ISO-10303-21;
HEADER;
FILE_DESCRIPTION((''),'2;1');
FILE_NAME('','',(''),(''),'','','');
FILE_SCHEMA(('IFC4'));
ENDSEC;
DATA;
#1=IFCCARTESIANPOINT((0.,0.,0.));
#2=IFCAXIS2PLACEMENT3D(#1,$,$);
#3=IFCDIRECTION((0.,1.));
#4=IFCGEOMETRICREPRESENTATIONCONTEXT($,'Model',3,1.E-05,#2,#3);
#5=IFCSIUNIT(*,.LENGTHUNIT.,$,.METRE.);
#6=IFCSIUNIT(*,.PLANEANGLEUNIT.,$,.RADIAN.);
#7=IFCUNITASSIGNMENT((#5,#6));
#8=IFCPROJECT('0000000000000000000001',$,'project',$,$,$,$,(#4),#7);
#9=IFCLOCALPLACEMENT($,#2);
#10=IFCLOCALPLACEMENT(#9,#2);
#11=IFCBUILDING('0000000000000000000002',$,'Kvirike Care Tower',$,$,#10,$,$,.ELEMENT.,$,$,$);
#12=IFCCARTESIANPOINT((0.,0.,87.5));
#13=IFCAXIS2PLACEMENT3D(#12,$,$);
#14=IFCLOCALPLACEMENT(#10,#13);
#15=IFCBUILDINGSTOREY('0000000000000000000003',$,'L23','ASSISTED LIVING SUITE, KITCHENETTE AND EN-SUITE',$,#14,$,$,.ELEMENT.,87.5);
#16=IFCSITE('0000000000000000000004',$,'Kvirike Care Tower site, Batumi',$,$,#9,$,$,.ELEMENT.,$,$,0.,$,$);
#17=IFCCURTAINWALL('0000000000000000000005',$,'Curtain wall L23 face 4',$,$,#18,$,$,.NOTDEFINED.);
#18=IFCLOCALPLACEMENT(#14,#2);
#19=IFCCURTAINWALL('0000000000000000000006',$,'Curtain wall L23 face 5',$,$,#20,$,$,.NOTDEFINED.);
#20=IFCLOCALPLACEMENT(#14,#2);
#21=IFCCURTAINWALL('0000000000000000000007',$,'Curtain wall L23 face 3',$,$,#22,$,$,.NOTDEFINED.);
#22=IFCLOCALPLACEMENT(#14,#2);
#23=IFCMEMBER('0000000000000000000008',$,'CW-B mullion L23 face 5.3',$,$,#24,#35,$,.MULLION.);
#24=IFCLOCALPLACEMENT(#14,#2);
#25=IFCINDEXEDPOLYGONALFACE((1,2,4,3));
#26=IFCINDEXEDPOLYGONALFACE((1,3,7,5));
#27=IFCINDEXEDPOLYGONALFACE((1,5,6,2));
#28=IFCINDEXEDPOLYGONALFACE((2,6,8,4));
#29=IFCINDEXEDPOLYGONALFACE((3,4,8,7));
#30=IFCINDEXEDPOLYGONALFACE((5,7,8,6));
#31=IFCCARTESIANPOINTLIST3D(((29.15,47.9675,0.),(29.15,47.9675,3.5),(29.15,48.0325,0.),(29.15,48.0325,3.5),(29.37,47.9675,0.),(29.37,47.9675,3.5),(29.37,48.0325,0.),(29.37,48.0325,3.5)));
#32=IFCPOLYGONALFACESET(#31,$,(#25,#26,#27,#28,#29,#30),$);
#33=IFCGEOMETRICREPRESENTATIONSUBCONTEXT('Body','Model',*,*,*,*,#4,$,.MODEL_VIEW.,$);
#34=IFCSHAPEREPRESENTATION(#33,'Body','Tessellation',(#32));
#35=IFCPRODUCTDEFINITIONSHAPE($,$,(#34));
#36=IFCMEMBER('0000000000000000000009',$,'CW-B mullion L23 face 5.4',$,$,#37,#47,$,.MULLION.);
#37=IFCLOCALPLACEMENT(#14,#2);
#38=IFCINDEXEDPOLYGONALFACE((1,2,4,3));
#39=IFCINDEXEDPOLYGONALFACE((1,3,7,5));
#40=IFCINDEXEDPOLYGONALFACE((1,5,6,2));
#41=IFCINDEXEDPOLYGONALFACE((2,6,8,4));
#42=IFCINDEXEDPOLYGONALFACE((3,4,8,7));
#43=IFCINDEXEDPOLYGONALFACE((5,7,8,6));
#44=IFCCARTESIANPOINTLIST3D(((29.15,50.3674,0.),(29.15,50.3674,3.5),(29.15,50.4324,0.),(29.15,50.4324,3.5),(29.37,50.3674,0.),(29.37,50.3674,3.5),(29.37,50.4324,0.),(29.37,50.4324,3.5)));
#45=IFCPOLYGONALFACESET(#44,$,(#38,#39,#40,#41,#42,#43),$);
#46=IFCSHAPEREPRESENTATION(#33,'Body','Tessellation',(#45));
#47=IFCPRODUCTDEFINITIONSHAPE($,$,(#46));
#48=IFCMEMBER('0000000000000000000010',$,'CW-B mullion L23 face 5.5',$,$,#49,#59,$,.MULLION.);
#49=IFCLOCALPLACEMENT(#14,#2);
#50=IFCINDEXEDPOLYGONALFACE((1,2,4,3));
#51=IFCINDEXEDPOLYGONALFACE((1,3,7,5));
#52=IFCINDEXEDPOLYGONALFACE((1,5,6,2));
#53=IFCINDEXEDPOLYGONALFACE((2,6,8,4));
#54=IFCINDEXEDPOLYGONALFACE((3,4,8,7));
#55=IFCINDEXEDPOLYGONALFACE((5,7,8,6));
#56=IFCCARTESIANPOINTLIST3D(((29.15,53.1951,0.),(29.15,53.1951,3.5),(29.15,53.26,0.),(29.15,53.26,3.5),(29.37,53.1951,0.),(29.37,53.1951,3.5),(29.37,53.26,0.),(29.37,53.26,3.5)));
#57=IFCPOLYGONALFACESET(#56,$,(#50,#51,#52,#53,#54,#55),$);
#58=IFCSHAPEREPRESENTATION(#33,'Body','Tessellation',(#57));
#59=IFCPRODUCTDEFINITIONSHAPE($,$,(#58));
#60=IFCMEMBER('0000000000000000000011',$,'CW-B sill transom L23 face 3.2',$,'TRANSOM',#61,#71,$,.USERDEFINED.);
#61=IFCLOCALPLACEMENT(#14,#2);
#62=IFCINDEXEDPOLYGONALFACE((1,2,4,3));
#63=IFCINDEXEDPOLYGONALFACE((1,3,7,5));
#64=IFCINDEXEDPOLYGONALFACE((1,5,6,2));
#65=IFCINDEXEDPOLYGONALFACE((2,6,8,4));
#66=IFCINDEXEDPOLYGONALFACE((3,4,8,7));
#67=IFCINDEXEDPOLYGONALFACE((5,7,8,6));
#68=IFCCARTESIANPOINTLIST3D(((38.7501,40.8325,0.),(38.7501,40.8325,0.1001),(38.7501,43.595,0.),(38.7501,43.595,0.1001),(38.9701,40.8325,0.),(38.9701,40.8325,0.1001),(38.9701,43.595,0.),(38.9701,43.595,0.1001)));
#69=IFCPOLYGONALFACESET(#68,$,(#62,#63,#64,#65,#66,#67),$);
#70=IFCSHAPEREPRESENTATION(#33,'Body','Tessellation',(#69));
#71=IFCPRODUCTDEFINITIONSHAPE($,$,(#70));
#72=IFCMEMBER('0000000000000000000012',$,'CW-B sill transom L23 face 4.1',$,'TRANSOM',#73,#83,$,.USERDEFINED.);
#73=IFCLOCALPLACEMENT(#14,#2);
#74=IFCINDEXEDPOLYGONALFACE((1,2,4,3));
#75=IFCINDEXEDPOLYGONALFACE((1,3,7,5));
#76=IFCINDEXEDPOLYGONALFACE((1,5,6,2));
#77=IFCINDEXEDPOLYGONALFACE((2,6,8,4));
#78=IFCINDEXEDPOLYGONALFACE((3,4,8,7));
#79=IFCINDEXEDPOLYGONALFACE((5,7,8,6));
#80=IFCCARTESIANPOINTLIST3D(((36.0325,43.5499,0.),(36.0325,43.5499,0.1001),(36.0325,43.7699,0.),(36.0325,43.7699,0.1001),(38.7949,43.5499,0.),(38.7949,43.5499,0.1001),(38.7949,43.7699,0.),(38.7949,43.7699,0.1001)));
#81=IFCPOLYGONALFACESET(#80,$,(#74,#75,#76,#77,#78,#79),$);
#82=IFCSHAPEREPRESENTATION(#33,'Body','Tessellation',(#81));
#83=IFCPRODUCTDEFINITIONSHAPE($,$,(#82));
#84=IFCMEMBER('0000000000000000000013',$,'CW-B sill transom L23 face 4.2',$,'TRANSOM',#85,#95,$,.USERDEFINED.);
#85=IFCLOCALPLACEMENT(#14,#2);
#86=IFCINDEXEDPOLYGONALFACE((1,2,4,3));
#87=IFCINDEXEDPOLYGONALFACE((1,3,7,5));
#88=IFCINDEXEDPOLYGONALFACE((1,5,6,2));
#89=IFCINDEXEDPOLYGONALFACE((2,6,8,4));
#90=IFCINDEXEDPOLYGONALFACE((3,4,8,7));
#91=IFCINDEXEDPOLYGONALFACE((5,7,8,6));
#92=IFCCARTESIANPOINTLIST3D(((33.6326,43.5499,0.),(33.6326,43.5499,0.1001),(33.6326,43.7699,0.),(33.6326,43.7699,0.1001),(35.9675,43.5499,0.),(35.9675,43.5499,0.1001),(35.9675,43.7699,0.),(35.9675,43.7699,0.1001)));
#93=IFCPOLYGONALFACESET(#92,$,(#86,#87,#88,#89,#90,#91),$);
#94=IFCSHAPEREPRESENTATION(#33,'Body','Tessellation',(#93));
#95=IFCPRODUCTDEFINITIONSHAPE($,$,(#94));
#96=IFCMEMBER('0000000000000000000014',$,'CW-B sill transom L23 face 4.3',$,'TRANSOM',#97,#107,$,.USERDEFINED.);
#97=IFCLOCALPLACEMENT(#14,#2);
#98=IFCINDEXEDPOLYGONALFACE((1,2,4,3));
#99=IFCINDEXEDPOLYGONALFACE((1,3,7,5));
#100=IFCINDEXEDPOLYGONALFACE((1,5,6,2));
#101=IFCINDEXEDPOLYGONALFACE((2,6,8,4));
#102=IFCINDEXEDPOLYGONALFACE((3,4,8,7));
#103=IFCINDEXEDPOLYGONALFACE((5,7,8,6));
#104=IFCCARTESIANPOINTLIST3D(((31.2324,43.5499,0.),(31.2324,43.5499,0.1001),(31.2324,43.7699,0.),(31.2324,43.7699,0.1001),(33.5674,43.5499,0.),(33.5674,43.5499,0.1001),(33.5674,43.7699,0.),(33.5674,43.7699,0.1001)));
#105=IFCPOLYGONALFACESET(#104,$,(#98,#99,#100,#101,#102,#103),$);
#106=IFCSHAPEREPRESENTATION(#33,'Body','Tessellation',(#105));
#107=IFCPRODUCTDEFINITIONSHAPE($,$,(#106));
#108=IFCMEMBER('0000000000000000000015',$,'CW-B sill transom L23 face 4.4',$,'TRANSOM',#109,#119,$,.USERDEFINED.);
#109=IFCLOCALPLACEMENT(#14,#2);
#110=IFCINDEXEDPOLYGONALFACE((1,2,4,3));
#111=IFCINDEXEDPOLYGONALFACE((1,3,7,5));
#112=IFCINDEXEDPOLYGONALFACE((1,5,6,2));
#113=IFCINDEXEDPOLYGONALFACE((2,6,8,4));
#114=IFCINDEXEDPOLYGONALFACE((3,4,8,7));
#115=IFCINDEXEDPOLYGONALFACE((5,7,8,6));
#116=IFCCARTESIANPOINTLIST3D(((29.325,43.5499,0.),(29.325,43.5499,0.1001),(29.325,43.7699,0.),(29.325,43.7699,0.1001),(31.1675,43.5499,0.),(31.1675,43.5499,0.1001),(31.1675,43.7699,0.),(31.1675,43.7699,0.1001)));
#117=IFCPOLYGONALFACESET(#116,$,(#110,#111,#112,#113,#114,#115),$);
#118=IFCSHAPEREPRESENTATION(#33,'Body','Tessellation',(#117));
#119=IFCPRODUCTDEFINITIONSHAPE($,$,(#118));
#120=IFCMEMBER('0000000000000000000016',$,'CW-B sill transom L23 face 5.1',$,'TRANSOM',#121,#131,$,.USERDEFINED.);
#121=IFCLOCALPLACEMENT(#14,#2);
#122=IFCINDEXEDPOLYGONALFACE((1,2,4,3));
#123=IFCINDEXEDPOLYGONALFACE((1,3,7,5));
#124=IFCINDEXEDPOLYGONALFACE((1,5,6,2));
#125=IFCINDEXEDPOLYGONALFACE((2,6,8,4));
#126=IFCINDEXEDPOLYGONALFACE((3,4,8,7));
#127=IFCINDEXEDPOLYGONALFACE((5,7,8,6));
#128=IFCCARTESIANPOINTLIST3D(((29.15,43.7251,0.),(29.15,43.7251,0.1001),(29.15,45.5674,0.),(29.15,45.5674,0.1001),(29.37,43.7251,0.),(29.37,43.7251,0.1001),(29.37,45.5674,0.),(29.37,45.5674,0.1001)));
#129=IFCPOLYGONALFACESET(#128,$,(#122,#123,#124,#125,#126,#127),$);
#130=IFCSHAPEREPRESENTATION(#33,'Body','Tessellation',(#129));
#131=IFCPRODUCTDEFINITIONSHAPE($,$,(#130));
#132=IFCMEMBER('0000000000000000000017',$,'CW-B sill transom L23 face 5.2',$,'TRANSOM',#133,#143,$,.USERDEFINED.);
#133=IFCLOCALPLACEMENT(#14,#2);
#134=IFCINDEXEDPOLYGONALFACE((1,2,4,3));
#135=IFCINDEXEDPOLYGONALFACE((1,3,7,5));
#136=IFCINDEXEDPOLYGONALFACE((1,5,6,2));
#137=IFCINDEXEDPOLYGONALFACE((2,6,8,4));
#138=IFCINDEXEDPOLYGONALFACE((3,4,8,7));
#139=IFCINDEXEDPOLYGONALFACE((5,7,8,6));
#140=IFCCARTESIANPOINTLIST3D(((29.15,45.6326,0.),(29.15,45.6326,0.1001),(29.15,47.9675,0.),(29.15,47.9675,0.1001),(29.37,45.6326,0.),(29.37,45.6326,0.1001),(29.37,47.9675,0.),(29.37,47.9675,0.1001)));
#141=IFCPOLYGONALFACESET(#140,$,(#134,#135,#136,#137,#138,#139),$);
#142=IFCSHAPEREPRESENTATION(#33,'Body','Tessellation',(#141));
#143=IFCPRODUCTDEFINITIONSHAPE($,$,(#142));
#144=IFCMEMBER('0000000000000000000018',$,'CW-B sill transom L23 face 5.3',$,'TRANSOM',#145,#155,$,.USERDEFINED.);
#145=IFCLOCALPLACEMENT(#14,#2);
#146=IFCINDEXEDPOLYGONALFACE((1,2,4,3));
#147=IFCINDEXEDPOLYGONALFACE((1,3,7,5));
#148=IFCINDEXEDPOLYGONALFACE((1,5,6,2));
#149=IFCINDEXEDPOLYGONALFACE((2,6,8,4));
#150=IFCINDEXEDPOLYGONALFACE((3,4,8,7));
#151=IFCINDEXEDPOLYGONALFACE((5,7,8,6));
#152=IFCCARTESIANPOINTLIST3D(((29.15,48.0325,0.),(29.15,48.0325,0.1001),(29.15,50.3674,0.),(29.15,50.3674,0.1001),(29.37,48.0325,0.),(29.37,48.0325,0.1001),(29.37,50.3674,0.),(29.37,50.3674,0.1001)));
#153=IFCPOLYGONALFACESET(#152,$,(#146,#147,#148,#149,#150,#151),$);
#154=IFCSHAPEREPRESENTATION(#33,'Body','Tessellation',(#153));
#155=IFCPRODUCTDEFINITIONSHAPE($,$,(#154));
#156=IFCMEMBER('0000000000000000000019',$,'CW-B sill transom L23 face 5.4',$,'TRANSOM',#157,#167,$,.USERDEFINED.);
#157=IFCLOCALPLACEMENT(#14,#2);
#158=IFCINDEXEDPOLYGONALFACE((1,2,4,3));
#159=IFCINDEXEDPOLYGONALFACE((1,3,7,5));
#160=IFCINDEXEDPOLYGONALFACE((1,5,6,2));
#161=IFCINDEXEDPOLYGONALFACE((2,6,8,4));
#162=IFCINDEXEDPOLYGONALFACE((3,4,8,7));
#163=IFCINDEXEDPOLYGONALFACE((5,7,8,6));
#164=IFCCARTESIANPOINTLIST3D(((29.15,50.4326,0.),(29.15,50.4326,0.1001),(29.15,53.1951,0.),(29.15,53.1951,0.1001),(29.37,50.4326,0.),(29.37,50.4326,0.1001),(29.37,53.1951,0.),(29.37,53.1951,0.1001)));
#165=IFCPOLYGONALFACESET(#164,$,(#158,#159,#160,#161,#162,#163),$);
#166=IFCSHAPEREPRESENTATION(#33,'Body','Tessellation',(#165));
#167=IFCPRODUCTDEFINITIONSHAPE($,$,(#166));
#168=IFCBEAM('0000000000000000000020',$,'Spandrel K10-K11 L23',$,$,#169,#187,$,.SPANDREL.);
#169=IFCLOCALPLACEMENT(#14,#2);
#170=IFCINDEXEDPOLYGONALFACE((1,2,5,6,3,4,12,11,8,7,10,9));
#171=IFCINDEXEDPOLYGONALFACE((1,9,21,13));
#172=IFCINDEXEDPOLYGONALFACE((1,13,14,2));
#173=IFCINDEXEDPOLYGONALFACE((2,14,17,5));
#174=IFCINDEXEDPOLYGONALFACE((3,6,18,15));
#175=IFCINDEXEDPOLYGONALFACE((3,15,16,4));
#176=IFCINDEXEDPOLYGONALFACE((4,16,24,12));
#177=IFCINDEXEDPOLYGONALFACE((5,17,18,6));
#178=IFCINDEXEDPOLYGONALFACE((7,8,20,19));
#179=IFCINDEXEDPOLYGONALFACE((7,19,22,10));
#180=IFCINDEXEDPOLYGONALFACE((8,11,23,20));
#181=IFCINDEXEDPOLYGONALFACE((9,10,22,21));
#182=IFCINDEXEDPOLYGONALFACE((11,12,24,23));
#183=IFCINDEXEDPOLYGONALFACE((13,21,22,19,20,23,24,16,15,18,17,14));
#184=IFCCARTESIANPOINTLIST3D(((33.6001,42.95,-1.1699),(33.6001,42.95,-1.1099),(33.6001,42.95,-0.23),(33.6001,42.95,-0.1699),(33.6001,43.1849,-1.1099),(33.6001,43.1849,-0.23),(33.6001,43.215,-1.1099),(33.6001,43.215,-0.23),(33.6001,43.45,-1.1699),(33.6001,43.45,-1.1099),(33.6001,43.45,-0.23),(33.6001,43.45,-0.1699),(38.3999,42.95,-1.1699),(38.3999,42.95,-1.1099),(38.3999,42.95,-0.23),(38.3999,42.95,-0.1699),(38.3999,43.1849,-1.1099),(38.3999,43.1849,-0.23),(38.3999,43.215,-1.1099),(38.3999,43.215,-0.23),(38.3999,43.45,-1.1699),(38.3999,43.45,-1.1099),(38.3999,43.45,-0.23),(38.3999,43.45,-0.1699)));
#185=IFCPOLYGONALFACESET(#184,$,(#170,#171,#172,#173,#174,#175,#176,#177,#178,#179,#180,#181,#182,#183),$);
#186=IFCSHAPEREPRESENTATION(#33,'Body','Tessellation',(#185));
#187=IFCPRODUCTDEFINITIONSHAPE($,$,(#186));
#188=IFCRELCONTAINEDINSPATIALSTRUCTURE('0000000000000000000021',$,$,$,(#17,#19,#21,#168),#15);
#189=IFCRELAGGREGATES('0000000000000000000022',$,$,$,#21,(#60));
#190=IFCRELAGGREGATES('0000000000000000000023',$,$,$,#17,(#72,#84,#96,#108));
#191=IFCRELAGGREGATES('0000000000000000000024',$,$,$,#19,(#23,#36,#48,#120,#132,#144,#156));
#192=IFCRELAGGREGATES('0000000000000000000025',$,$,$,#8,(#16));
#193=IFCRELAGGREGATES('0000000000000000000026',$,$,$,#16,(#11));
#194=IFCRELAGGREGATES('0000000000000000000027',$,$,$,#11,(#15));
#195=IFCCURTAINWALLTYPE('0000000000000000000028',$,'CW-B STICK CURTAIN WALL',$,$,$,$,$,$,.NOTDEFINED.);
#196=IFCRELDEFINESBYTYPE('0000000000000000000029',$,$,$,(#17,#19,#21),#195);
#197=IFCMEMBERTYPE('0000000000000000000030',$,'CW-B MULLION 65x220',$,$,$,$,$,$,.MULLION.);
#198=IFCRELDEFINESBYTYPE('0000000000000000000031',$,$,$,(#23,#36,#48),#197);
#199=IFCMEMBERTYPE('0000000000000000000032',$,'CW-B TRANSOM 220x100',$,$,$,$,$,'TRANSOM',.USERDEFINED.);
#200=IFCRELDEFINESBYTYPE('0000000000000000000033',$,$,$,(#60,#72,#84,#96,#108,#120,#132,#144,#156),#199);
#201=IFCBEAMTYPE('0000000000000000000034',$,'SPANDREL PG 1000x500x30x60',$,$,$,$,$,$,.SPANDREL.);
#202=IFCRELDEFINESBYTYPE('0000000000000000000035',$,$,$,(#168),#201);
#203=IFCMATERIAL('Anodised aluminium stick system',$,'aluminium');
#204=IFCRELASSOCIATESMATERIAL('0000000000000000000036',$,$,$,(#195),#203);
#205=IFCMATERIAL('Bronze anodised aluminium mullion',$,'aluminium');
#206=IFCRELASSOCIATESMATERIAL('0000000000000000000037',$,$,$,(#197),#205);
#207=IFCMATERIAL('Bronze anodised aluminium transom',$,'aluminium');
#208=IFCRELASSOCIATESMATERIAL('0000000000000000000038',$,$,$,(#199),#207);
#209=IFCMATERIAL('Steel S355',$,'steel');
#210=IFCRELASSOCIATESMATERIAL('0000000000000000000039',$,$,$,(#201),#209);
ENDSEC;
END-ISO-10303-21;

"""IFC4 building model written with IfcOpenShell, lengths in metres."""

from ifc_helpers import new_model, si_unit, direction, frame, origin, origin_2d, place, context, subcontext, project, spatial, rectangle, i_section, extrude, material, material_profile, profile_set, type_object, element, aggregate, save


model = new_model("IFC4")

# Units and contexts
model_context = context("Model", 3, precision=1e-05, world=origin(), true_north=direction((0.0, 1.0)))
body_context = subcontext(model_context, "Body", "Model", "MODEL_VIEW")
ifc_project = project(units=[si_unit("LENGTHUNIT", "METRE"), si_unit("PLANEANGLEUNIT", "RADIAN")], contexts=[model_context])

# Site, building, storey
site_placement = place(None, origin())
site = spatial("IfcSite", under=ifc_project, at=site_placement, Name="Kvirike Care Tower site, Batumi", CompositionType="ELEMENT", RefElevation=0.0)
building_placement = place(site_placement, origin())
building = spatial("IfcBuilding", under=site, at=building_placement, Name="Kvirike Care Tower", CompositionType="ELEMENT")
storey_placement = place(building_placement, frame((0.0, 0.0, 87.5)))
storey = spatial("IfcBuildingStorey", under=building, at=storey_placement, Name="L23", Description="ASSISTED LIVING SUITE, KITCHENETTE AND EN-SUITE", CompositionType="ELEMENT", Elevation=87.5)

# Curtain walls
ifc_material_1 = material(Name="Anodised aluminium stick system", Category="aluminium")
curtain_wall_type = type_object("IfcCurtainWallType", Name="CW-B STICK CURTAIN WALL", PredefinedType="NOTDEFINED", material=ifc_material_1)
curtain_wall_1_placement = place(storey_placement, origin())
curtain_wall_1 = element("IfcCurtainWall", 1, at=curtain_wall_1_placement, inside=storey, type_object=curtain_wall_type, Name="Curtain wall L23 face 4", PredefinedType="NOTDEFINED")
curtain_wall_2_placement = place(storey_placement, origin())
curtain_wall_2 = element("IfcCurtainWall", 2, at=curtain_wall_2_placement, inside=storey, type_object=curtain_wall_type, Name="Curtain wall L23 face 5", PredefinedType="NOTDEFINED")

# Curtain wall
curtain_wall_3_placement = place(storey_placement, origin())
curtain_wall_3 = element("IfcCurtainWall", 3, at=curtain_wall_3_placement, inside=storey, type_object=curtain_wall_type, Name="Curtain wall L23 face 3", PredefinedType="NOTDEFINED")
ifc_material_2 = material(Name="Bronze anodised aluminium mullion", Category="aluminium")
ifc_material_profile_1 = material_profile(ifc_material_2, rectangle(XDim=0.0649, YDim=0.22, at=origin_2d()), Name="CW-B MULLION 65x220")
ifc_profile_set_1 = profile_set([ifc_material_profile_1], Name="Bronze anodised aluminium mullion")
member_type_1 = type_object("IfcMemberType", Name="CW-B MULLION 65x220", PredefinedType="MULLION", material=ifc_profile_set_1)

# Members
member_1_placement = place(storey_placement, frame((29.26, 48.0, 0.0), z_axis=(0.0, 0.0, 1.0), x_axis=(0.0, 1.0, 0.0)))
member_1 = element("IfcMember", 4, at=member_1_placement, type_object=member_type_1, Name="CW-B mullion L23 face 5.3", PredefinedType="MULLION", context=body_context, shape_type="SweptSolid", body=[
    extrude(rectangle(XDim=0.0649, YDim=0.22, at=origin_2d()), origin(), (0.0, 0.0, 1.0), 3.5),
])
member_2_placement = place(storey_placement, frame((29.26, 50.3999, 0.0), z_axis=(0.0, 0.0, 1.0), x_axis=(0.0, 1.0, 0.0)))
member_2 = element("IfcMember", 5, at=member_2_placement, type_object=member_type_1, Name="CW-B mullion L23 face 5.4", PredefinedType="MULLION", context=body_context, shape_type="SweptSolid", body=[
    extrude(rectangle(XDim=0.0649, YDim=0.22, at=origin_2d()), origin(), (0.0, 0.0, 1.0), 3.5),
])
member_3_placement = place(storey_placement, frame((29.26, 53.2275, 0.0), z_axis=(0.0, 0.0, 1.0), x_axis=(0.0, 1.0, 0.0)))
member_3 = element("IfcMember", 6, at=member_3_placement, type_object=member_type_1, Name="CW-B mullion L23 face 5.5", PredefinedType="MULLION", context=body_context, shape_type="SweptSolid", body=[
    extrude(rectangle(XDim=0.0649, YDim=0.22, at=origin_2d()), origin(), (0.0, 0.0, 1.0), 3.5),
])
ifc_material_3 = material(Name="Bronze anodised aluminium transom", Category="aluminium")
ifc_material_profile_2 = material_profile(ifc_material_3, rectangle(XDim=0.22, YDim=0.1001, at=origin_2d()), Name="CW-B TRANSOM 220x100")
ifc_profile_set_2 = profile_set([ifc_material_profile_2], Name="Bronze anodised aluminium transom")
member_type_2 = type_object("IfcMemberType", Name="CW-B TRANSOM 220x100", ElementType="TRANSOM", PredefinedType="USERDEFINED", material=ifc_profile_set_2)
member_4_placement = place(storey_placement, frame((38.8601, 40.8325, 0.05), z_axis=(0.0, 1.0, 0.0), x_axis=(-1.0, 0.0, 0.0)))
member_4 = element("IfcMember", 7, at=member_4_placement, type_object=member_type_2, Name="CW-B sill transom L23 face 3.2", ObjectType="TRANSOM", PredefinedType="USERDEFINED", context=body_context, shape_type="SweptSolid", body=[
    extrude(rectangle(XDim=0.22, YDim=0.1001, at=origin_2d()), origin(), (0.0, 0.0, 1.0), 2.7625),
])
member_5_placement = place(storey_placement, frame((38.7949, 43.6599, 0.05), z_axis=(-1.0, 0.0, 0.0), x_axis=(0.0, -1.0, 0.0)))
member_5 = element("IfcMember", 8, at=member_5_placement, type_object=member_type_2, Name="CW-B sill transom L23 face 4.1", ObjectType="TRANSOM", PredefinedType="USERDEFINED", context=body_context, shape_type="SweptSolid", body=[
    extrude(rectangle(XDim=0.22, YDim=0.1001, at=origin_2d()), origin(), (0.0, 0.0, 1.0), 2.7625),
])
member_6_placement = place(storey_placement, frame((35.9675, 43.6599, 0.05), z_axis=(-1.0, 0.0, 0.0), x_axis=(0.0, -1.0, 0.0)))
member_6 = element("IfcMember", 9, at=member_6_placement, type_object=member_type_2, Name="CW-B sill transom L23 face 4.2", ObjectType="TRANSOM", PredefinedType="USERDEFINED", context=body_context, shape_type="SweptSolid", body=[
    extrude(rectangle(XDim=0.22, YDim=0.1001, at=origin_2d()), origin(), (0.0, 0.0, 1.0), 2.335),
])
member_7_placement = place(storey_placement, frame((33.5674, 43.6599, 0.05), z_axis=(-1.0, 0.0, 0.0), x_axis=(0.0, -1.0, 0.0)))
member_7 = element("IfcMember", 10, at=member_7_placement, type_object=member_type_2, Name="CW-B sill transom L23 face 4.3", ObjectType="TRANSOM", PredefinedType="USERDEFINED", context=body_context, shape_type="SweptSolid", body=[
    extrude(rectangle(XDim=0.22, YDim=0.1001, at=origin_2d()), origin(), (0.0, 0.0, 1.0), 2.335),
])
member_8_placement = place(storey_placement, frame((31.1675, 43.6599, 0.05), z_axis=(-1.0, 0.0, 0.0), x_axis=(0.0, -1.0, 0.0)))
member_8 = element("IfcMember", 11, at=member_8_placement, type_object=member_type_2, Name="CW-B sill transom L23 face 4.4", ObjectType="TRANSOM", PredefinedType="USERDEFINED", context=body_context, shape_type="SweptSolid", body=[
    extrude(rectangle(XDim=0.22, YDim=0.1001, at=origin_2d()), origin(), (0.0, 0.0, 1.0), 1.8425),
])
member_9_placement = place(storey_placement, frame((29.26, 43.7251, 0.05), z_axis=(0.0, 1.0, 0.0), x_axis=(-1.0, 0.0, 0.0)))
member_9 = element("IfcMember", 12, at=member_9_placement, type_object=member_type_2, Name="CW-B sill transom L23 face 5.1", ObjectType="TRANSOM", PredefinedType="USERDEFINED", context=body_context, shape_type="SweptSolid", body=[
    extrude(rectangle(XDim=0.22, YDim=0.1001, at=origin_2d()), origin(), (0.0, 0.0, 1.0), 1.8423),
])
member_10_placement = place(storey_placement, frame((29.26, 45.6326, 0.05), z_axis=(0.0, 1.0, 0.0), x_axis=(-1.0, 0.0, 0.0)))
member_10 = element("IfcMember", 13, at=member_10_placement, type_object=member_type_2, Name="CW-B sill transom L23 face 5.2", ObjectType="TRANSOM", PredefinedType="USERDEFINED", context=body_context, shape_type="SweptSolid", body=[
    extrude(rectangle(XDim=0.22, YDim=0.1001, at=origin_2d()), origin(), (0.0, 0.0, 1.0), 2.335),
])
member_11_placement = place(storey_placement, frame((29.26, 48.0325, 0.05), z_axis=(0.0, 1.0, 0.0), x_axis=(-1.0, 0.0, 0.0)))
member_11 = element("IfcMember", 14, at=member_11_placement, type_object=member_type_2, Name="CW-B sill transom L23 face 5.3", ObjectType="TRANSOM", PredefinedType="USERDEFINED", context=body_context, shape_type="SweptSolid", body=[
    extrude(rectangle(XDim=0.22, YDim=0.1001, at=origin_2d()), origin(), (0.0, 0.0, 1.0), 2.335),
])
member_12_placement = place(storey_placement, frame((29.26, 50.4326, 0.05), z_axis=(0.0, 1.0, 0.0), x_axis=(-1.0, 0.0, 0.0)))
member_12 = element("IfcMember", 15, at=member_12_placement, type_object=member_type_2, Name="CW-B sill transom L23 face 5.4", ObjectType="TRANSOM", PredefinedType="USERDEFINED", context=body_context, shape_type="SweptSolid", body=[
    extrude(rectangle(XDim=0.22, YDim=0.1001, at=origin_2d()), origin(), (0.0, 0.0, 1.0), 2.7625),
])

# Beam
ifc_material_4 = material(Name="Steel S355", Category="steel")
ifc_material_profile_3 = material_profile(ifc_material_4, i_section(OverallWidth=0.5, OverallDepth=1.0, WebThickness=0.03, FlangeThickness=0.0601, at=origin_2d()), Name="PG 1000x500x30x60")
ifc_profile_set_3 = profile_set([ifc_material_profile_3], Name="Steel S355")
beam_type = type_object("IfcBeamType", Name="SPANDREL PG 1000x500x30x60", PredefinedType="SPANDREL", material=ifc_profile_set_3)
beam_placement = place(storey_placement, frame((33.6001, 43.2, -0.6699), z_axis=(1.0, 0.0, 0.0), x_axis=(0.0, 1.0, 0.0)))
element("IfcBeam", 16, at=beam_placement, inside=storey, type_object=beam_type, Name="Spandrel K10-K11 L23", PredefinedType="SPANDREL", context=body_context, shape_type="SweptSolid", body=[
    extrude(i_section(OverallWidth=0.5, OverallDepth=1.0, WebThickness=0.03, FlangeThickness=0.0601, at=origin_2d()), origin(), (0.0, 0.0, 1.0), 4.7998),
])

aggregate(curtain_wall_3, [member_4])
aggregate(curtain_wall_1, [member_5, member_6, member_7, member_8])
aggregate(curtain_wall_2, [member_1, member_2, member_3, member_9, member_10, member_11, member_12])

save(model, "model.ifc")
